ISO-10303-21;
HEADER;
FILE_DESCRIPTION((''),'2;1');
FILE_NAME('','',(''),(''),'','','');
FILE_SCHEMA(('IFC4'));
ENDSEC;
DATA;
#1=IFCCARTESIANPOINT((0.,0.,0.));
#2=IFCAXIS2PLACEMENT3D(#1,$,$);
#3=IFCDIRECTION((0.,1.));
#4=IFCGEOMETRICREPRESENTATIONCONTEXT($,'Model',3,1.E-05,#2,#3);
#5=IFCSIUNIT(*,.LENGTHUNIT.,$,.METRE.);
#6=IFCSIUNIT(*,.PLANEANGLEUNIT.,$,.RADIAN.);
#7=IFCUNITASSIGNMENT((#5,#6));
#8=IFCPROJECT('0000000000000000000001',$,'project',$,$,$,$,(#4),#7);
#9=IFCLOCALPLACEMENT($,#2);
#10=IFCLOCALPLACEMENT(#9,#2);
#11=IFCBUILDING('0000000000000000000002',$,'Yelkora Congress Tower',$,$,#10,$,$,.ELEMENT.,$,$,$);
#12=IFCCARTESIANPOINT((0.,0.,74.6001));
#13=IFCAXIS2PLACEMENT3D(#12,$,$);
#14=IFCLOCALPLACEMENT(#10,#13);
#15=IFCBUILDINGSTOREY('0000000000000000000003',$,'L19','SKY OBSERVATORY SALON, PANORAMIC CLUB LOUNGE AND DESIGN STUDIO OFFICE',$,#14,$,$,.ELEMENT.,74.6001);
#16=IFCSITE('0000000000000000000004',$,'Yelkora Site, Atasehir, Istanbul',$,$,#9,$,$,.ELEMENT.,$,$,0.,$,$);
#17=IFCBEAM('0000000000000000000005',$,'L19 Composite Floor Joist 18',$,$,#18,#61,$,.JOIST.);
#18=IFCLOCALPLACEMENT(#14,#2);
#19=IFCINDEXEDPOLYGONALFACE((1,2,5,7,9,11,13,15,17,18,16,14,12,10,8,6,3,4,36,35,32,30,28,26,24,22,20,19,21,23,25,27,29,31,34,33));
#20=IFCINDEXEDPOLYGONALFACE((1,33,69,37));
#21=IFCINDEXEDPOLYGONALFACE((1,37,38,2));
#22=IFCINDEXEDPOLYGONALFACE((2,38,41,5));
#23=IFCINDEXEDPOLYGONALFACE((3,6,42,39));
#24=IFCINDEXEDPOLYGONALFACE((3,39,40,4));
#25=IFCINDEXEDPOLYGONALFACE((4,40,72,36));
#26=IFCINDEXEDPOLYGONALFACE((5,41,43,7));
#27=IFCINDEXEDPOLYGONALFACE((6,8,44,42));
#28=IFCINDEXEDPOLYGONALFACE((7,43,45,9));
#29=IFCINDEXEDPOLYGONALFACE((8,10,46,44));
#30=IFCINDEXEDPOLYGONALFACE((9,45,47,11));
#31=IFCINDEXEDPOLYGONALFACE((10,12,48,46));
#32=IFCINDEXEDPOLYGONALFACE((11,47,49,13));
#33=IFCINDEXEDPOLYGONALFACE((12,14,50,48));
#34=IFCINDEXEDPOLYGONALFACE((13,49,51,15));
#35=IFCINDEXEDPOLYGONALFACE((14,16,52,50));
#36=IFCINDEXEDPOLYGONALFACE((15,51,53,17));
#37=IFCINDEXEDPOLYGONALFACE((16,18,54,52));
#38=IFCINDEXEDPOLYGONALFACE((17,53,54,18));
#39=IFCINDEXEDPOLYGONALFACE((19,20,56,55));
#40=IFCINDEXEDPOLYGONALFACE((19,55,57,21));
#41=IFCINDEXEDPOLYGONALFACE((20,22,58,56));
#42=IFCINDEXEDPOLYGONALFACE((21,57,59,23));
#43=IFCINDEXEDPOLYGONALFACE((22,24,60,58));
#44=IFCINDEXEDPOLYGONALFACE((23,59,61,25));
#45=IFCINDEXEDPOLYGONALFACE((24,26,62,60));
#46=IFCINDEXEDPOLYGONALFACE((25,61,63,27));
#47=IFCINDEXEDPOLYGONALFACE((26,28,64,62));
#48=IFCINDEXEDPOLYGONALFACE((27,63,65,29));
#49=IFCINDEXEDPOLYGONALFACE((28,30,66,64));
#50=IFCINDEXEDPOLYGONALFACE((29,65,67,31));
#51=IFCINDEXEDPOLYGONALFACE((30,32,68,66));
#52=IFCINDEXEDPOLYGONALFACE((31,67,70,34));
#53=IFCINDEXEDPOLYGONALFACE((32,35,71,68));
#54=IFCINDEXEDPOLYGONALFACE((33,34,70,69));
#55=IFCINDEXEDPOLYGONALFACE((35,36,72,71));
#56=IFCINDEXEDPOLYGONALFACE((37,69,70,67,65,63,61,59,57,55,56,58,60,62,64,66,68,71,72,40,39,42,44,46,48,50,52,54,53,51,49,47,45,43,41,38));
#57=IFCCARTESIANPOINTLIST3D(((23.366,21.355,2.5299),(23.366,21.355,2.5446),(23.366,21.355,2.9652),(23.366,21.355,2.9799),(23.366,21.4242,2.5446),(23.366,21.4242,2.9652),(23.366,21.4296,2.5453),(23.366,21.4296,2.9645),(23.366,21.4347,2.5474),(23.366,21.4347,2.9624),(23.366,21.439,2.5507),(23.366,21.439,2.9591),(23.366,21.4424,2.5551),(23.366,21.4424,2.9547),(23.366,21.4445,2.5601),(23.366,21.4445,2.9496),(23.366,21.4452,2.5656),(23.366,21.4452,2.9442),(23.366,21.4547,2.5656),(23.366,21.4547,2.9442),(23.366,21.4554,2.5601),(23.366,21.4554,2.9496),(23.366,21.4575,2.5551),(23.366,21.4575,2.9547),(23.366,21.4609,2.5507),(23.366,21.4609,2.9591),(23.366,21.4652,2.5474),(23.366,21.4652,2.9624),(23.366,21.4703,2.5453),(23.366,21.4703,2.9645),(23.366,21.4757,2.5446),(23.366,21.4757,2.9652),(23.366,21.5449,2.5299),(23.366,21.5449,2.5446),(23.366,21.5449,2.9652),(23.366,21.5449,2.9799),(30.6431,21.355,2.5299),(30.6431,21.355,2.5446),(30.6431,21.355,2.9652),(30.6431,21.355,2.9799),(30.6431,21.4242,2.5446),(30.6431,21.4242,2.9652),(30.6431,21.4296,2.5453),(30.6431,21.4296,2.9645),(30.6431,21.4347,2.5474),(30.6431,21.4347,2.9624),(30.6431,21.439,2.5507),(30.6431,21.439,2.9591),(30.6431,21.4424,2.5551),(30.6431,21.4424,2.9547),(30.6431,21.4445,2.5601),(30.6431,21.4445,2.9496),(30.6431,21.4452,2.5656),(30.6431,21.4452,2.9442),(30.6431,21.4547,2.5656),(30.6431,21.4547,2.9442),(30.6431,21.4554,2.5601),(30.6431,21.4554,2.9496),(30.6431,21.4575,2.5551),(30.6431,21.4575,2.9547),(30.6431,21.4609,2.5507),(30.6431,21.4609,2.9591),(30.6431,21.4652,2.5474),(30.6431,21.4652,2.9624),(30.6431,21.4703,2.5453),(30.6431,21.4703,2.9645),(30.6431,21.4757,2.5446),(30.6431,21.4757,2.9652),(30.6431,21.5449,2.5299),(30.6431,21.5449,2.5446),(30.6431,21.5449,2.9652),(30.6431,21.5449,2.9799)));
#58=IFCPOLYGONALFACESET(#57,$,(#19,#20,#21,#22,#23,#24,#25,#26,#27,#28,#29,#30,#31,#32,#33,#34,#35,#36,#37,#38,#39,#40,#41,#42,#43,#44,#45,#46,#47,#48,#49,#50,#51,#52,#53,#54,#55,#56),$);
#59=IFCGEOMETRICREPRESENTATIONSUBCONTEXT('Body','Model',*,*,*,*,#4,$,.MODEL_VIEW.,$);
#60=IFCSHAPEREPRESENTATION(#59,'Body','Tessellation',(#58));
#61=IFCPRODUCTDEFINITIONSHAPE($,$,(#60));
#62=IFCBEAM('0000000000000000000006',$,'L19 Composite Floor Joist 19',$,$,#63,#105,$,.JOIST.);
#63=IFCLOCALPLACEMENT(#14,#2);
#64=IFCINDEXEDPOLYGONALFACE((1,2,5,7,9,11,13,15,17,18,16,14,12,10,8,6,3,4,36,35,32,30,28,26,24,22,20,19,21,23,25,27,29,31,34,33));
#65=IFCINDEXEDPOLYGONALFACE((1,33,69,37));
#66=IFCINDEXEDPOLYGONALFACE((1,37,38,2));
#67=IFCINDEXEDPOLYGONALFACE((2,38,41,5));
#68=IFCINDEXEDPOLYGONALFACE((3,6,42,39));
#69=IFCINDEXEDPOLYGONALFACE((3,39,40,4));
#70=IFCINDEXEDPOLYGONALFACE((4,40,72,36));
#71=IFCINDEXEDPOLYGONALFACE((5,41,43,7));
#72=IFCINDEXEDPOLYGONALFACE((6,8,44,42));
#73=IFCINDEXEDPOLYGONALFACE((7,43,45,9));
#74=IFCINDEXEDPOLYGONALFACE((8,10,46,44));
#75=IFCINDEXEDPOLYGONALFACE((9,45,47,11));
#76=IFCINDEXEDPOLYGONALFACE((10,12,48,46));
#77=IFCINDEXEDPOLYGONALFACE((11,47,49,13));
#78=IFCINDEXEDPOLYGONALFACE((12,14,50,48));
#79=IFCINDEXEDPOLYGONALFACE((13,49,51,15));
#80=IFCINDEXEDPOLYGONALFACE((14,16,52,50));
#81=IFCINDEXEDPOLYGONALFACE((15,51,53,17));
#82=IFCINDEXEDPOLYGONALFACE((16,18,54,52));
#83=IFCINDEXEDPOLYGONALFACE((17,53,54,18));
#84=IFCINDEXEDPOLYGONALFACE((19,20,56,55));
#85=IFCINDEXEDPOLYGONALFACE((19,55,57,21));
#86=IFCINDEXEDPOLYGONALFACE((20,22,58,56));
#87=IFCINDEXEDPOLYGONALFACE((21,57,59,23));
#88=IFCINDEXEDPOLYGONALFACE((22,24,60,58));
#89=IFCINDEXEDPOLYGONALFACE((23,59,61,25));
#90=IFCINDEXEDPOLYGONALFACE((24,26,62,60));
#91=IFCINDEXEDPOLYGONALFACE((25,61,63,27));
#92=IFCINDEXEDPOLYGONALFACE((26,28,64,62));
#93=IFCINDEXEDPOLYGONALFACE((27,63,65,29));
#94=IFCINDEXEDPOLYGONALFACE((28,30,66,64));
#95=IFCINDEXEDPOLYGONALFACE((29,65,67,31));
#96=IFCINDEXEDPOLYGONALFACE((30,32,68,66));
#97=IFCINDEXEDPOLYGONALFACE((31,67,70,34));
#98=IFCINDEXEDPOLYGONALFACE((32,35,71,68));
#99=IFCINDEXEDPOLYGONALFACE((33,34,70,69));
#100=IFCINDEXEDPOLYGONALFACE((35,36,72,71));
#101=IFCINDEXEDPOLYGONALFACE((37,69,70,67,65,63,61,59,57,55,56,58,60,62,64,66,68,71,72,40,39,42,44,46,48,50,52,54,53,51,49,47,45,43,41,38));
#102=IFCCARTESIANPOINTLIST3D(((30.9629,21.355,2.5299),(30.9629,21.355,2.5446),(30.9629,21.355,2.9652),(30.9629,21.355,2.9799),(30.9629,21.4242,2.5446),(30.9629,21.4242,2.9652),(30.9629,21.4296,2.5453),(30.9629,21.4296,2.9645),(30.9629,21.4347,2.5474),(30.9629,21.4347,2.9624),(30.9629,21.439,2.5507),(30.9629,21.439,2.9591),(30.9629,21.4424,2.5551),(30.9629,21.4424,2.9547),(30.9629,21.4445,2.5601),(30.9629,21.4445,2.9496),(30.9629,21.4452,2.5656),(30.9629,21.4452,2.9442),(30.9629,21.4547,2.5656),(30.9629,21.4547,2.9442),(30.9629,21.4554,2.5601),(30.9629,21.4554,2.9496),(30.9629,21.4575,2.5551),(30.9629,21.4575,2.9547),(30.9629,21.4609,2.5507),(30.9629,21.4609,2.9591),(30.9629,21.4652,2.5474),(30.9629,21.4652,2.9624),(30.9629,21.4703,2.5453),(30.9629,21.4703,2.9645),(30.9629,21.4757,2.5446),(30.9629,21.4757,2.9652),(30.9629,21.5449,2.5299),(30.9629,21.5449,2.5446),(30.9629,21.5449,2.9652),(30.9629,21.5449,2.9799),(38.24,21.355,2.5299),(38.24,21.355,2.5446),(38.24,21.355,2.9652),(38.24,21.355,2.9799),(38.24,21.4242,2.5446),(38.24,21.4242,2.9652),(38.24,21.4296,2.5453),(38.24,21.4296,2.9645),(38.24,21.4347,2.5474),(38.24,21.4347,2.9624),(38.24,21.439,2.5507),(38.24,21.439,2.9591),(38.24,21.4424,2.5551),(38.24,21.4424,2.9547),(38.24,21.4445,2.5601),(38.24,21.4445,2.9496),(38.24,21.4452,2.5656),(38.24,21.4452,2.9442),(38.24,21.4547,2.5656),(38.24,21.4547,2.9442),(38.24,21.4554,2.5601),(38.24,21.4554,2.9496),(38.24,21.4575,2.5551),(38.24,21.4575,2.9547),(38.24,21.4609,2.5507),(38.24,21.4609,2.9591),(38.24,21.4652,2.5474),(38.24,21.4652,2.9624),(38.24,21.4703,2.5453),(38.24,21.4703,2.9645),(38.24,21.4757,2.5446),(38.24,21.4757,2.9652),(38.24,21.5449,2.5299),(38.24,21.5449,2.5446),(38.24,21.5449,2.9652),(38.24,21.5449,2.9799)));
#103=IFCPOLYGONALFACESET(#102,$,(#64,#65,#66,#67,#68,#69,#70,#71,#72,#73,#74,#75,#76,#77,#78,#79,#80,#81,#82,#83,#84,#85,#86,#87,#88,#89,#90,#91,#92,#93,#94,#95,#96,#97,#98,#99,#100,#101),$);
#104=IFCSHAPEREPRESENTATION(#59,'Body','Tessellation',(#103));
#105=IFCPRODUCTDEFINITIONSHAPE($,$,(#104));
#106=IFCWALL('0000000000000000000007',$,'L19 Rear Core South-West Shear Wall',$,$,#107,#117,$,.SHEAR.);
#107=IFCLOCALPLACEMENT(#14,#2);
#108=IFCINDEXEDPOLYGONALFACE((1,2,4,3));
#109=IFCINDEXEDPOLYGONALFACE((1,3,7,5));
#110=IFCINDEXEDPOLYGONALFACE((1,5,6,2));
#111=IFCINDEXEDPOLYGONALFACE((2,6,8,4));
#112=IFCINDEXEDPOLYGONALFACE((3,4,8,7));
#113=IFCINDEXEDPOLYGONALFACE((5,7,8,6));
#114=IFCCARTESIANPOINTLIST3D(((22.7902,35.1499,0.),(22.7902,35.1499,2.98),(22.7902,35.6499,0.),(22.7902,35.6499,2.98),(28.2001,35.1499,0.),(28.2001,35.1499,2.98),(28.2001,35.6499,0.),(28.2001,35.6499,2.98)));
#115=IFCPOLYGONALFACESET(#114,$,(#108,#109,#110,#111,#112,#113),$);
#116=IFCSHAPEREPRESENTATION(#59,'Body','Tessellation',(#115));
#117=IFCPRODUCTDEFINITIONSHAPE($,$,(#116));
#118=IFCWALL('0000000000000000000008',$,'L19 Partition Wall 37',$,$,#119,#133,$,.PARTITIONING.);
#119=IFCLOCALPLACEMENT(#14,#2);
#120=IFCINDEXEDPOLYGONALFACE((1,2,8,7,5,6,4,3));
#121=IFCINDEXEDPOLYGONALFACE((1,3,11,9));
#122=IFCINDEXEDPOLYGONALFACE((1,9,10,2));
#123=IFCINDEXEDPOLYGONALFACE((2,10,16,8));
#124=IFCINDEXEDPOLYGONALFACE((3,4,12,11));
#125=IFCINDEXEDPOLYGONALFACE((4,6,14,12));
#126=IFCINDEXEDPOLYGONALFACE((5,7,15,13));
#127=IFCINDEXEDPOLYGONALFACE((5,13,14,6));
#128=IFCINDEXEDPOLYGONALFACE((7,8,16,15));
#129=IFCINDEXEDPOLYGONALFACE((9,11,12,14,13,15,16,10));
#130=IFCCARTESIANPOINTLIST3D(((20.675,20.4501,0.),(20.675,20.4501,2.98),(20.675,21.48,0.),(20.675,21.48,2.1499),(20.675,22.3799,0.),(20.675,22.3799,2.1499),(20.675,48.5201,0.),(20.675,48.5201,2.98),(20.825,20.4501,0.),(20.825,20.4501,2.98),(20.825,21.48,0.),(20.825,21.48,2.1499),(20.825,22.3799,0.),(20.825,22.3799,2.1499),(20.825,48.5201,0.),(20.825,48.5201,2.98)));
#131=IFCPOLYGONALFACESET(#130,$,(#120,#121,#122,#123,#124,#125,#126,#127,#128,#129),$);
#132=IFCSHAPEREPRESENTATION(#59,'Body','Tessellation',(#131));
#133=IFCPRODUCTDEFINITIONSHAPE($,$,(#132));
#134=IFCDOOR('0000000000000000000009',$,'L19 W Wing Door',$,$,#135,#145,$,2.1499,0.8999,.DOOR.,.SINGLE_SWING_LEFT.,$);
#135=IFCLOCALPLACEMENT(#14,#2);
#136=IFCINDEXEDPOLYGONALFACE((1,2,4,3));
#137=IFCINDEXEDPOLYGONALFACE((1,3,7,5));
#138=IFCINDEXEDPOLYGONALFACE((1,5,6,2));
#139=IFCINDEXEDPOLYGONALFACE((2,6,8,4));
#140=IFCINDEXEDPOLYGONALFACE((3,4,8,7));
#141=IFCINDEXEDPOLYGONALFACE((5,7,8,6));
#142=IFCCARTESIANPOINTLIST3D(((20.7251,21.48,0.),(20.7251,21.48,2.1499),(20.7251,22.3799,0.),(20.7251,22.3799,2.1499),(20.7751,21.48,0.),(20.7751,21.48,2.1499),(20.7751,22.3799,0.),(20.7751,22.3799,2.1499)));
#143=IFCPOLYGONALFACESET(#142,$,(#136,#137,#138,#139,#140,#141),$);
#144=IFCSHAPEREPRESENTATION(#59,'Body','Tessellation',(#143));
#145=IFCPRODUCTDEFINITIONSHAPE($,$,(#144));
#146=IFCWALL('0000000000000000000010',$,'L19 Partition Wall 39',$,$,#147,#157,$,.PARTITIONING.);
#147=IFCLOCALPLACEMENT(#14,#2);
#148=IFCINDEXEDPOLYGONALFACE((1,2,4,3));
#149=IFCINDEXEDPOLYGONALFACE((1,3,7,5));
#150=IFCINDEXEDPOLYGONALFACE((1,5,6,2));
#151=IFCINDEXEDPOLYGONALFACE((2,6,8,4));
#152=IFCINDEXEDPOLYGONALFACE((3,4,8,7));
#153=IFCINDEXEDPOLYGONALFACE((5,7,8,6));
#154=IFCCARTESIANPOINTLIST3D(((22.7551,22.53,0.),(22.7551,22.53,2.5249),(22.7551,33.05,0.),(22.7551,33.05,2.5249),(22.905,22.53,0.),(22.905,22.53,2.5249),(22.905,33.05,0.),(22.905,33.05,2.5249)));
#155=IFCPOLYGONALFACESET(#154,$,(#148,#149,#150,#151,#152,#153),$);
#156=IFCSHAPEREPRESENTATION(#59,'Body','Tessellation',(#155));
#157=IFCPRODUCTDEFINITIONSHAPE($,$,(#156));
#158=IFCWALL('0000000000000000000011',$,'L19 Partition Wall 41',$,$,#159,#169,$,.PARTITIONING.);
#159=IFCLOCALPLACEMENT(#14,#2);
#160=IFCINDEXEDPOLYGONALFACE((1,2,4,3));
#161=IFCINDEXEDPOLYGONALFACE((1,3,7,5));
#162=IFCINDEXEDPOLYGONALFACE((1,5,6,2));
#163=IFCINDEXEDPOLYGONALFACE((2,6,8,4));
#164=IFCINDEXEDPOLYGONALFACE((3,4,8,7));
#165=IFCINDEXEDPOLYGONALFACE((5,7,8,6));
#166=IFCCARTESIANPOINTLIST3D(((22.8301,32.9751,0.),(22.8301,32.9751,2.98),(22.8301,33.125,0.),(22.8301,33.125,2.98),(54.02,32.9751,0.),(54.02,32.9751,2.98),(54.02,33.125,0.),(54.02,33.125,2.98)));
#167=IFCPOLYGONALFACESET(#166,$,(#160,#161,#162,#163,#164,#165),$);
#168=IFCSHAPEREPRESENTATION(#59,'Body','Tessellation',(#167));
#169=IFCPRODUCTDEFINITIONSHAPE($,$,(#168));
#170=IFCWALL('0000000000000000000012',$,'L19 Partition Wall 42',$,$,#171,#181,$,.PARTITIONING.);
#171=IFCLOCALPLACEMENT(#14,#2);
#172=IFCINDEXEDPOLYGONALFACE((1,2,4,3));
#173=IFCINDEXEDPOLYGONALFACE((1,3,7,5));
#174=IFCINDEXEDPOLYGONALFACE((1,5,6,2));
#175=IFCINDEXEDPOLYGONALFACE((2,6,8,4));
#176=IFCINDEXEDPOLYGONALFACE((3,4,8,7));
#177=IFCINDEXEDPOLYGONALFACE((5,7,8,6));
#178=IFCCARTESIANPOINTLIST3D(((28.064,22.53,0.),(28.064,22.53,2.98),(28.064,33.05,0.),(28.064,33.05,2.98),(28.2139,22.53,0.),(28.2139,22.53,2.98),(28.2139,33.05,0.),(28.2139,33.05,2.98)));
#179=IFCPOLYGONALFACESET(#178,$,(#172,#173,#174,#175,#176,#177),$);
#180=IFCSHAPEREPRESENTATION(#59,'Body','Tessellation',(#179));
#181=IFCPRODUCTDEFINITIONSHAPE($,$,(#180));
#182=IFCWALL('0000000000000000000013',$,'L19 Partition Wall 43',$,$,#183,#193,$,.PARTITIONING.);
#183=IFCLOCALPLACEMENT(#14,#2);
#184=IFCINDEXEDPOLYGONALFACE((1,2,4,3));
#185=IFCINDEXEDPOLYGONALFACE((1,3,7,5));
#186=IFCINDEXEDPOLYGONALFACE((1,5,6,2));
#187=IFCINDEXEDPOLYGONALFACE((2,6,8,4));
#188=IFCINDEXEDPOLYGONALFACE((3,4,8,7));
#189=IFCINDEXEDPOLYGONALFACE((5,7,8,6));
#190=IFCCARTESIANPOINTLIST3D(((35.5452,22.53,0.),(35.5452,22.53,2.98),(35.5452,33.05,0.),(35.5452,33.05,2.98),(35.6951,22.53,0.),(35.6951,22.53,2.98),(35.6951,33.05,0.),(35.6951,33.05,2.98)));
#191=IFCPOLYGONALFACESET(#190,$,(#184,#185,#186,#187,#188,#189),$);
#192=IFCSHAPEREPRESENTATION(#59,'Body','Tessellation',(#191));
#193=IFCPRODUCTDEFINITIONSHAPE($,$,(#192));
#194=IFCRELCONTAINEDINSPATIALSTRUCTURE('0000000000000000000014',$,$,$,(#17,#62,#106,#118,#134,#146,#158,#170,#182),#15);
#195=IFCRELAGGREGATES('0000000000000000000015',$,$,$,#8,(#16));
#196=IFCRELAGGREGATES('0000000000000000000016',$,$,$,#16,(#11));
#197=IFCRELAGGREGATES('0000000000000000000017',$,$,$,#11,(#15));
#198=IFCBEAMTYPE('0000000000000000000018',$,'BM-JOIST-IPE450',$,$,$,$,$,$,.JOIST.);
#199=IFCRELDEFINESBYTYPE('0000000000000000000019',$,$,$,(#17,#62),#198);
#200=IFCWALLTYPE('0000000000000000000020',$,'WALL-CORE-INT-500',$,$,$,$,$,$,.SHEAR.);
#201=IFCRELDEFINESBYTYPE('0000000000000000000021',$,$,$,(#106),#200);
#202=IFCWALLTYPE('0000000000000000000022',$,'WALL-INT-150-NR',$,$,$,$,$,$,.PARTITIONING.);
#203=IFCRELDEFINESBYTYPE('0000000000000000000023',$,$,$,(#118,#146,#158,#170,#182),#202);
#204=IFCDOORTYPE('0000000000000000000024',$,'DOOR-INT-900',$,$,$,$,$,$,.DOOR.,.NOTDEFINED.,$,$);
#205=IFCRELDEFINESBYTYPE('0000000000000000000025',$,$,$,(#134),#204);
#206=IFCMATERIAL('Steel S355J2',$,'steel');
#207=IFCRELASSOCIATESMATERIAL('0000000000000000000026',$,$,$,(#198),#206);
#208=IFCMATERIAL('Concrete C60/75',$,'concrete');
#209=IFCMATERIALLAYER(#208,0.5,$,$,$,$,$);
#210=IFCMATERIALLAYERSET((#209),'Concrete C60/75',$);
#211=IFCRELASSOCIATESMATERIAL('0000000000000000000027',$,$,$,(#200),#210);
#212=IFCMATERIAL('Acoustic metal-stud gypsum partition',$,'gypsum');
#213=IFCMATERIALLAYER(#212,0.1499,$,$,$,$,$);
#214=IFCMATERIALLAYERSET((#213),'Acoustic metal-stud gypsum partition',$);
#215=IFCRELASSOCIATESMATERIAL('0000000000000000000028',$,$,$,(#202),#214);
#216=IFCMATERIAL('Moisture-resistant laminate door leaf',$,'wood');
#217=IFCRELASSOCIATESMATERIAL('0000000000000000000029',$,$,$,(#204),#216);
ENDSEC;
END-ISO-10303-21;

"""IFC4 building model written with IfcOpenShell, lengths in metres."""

from ifc_helpers import new_model, si_unit, direction, frame, frame_2d, origin, origin_2d, place, context, subcontext, project, spatial, rectangle, i_section, extrude, material, layer, layer_set, material_profile, profile_set, type_object, element, fill, save


model = new_model("IFC4")

# Units and contexts
model_context = context("Model", 3, precision=1e-05, world=origin(), true_north=direction((0.0, 1.0)))
body_context = subcontext(model_context, "Body", "Model", "MODEL_VIEW")
ifc_project = project(units=[si_unit("LENGTHUNIT", "METRE"), si_unit("PLANEANGLEUNIT", "RADIAN")], contexts=[model_context])

# Site, building, storey
site_placement = place(None, origin())
site = spatial("IfcSite", under=ifc_project, at=site_placement, Name="Yelkora Site, Atasehir, Istanbul", CompositionType="ELEMENT", RefElevation=0.0)
building_placement = place(site_placement, origin())
building = spatial("IfcBuilding", under=site, at=building_placement, Name="Yelkora Congress Tower", CompositionType="ELEMENT")
storey_placement = place(building_placement, frame((0.0, 0.0, 74.6001)))
storey = spatial("IfcBuildingStorey", under=building, at=storey_placement, Name="L19", Description="SKY OBSERVATORY SALON, PANORAMIC CLUB LOUNGE AND DESIGN STUDIO OFFICE", CompositionType="ELEMENT", Elevation=74.6001)

# Shared definitions
ifc_material_1 = material(Name="Concrete C60/75", Category="concrete")

# Beams
ifc_material_2 = material(Name="Steel S355J2", Category="steel")
ifc_material_profile_1 = material_profile(ifc_material_2, i_section(OverallWidth=0.1899, OverallDepth=0.45, WebThickness=0.0095, FlangeThickness=0.0146, FilletRadius=0.021, at=origin_2d()), Name="IPE 450")
ifc_profile_set_1 = profile_set([ifc_material_profile_1], Name="Steel S355J2")
beam_type_1 = type_object("IfcBeamType", Name="BM-JOIST-IPE450", PredefinedType="JOIST", material=ifc_profile_set_1)
for number, where, z_axis, x_axis, name in (
    (1, (23.366, 21.45, 2.7549), (1.0, 0.0, 0.0), (0.0, 1.0, 0.0), "L19 Composite Floor Joist 18"),
    (2, (30.9629, 21.45, 2.7549), (1.0, 0.0, 0.0), (0.0, 1.0, 0.0), "L19 Composite Floor Joist 19"),
):
    element("IfcBeam", number, at=place(storey_placement, frame(where, z_axis=z_axis, x_axis=x_axis)), inside=storey, type_object=beam_type_1, Name=name, PredefinedType="JOIST", context=body_context, shape_type="SweptSolid", body=[
        extrude(i_section(OverallWidth=0.1899, OverallDepth=0.45, WebThickness=0.0095, FlangeThickness=0.0146, FilletRadius=0.021, at=origin_2d()), origin(), (0.0, 0.0, 1.0), 7.2771),
    ])

# Wall
ifc_layer_1 = layer(ifc_material_1, 0.5)
ifc_layer_set_1 = layer_set([ifc_layer_1], Name="Concrete C60/75")
wall_type_1 = type_object("IfcWallType", Name="WALL-CORE-INT-500", PredefinedType="SHEAR", material=ifc_layer_set_1)
wall_1_placement = place(storey_placement, frame((22.79, 35.3999, 0.0), z_axis=(0.0, 0.0, 1.0), x_axis=(1.0, 0.0, 0.0)))
element("IfcWall", 3, at=wall_1_placement, inside=storey, type_object=wall_type_1, Name="L19 Rear Core South-West Shear Wall", PredefinedType="SHEAR", context=body_context, shape_type="SweptSolid", body=[
    extrude(rectangle(XDim=5.4099, YDim=0.5, at=frame_2d((2.7051, 0.0))), origin(), (0.0, 0.0, 1.0), 2.98),
])

# Wall, opening, door
ifc_material_3 = material(Name="Acoustic metal-stud gypsum partition", Category="gypsum")
ifc_layer_2 = layer(ifc_material_3, 0.1499)
ifc_layer_set_2 = layer_set([ifc_layer_2], Name="Acoustic metal-stud gypsum partition")
wall_type_2 = type_object("IfcWallType", Name="WALL-INT-150-NR", PredefinedType="PARTITIONING", material=ifc_layer_set_2)
wall_2_placement = place(storey_placement, frame((20.75, 20.45, 0.0), z_axis=(0.0, 0.0, 1.0), x_axis=(0.0, 1.0, 0.0)))
wall_2 = element("IfcWall", 4, at=wall_2_placement, inside=storey, type_object=wall_type_2, Name="L19 Partition Wall 37", PredefinedType="PARTITIONING", context=body_context, shape_type="SweptSolid", body=[
    extrude(rectangle(XDim=28.0701, YDim=0.1499, at=frame_2d((14.0352, 0.0))), origin(), (0.0, 0.0, 1.0), 2.98),
])
opening_1_placement = place(wall_2_placement, frame((1.03, 0.0, 0.0)))
opening_1 = element("IfcOpeningElement", 5, at=opening_1_placement, cuts=wall_2, PredefinedType="OPENING", context=body_context, shape_type="SweptSolid", body=[
    extrude(rectangle(XDim=0.8999, YDim=2.1499, at=frame_2d((0.45, 1.075))), frame((0.0, 0.085, 0.0), z_axis=(0.0, -1.0, 0.0), x_axis=(1.0, 0.0, 0.0)), (0.0, 0.0, 1.0), 0.1699),
])
ifc_material_4 = material(Name="Moisture-resistant laminate door leaf", Category="wood")
door_type = type_object("IfcDoorType", Name="DOOR-INT-900", OperationType="NOTDEFINED", PredefinedType="DOOR", material=ifc_material_4)
door_1_placement = place(opening_1_placement, origin())
door_1 = element("IfcDoor", 6, at=door_1_placement, inside=storey, type_object=door_type, Name="L19 W Wing Door", OperationType="SINGLE_SWING_LEFT", OverallHeight=2.1499, OverallWidth=0.8999, PredefinedType="DOOR", context=body_context, shape_type="SweptSolid", body=[
    extrude(rectangle(XDim=0.8999, YDim=2.1499, at=frame_2d((0.45, 1.075))), frame((0.0, 0.0249, 0.0), z_axis=(0.0, -1.0, 0.0), x_axis=(1.0, 0.0, 0.0)), (0.0, 0.0, 1.0), 0.05),
])
fill(opening_1, door_1)

# Walls
wall_3_placement = place(storey_placement, frame((22.8301, 22.53, 0.0), z_axis=(0.0, 0.0, 1.0), x_axis=(0.0, 1.0, 0.0)))
element("IfcWall", 7, at=wall_3_placement, inside=storey, type_object=wall_type_2, Name="L19 Partition Wall 39", PredefinedType="PARTITIONING", context=body_context, shape_type="SweptSolid", body=[
    extrude(rectangle(XDim=10.52, YDim=0.1499, at=frame_2d((5.26, 0.0))), origin(), (0.0, 0.0, 1.0), 2.5249),
])
wall_4_placement = place(storey_placement, frame((22.8301, 33.05, 0.0), z_axis=(0.0, 0.0, 1.0), x_axis=(1.0, 0.0, 0.0)))
element("IfcWall", 8, at=wall_4_placement, inside=storey, type_object=wall_type_2, Name="L19 Partition Wall 41", PredefinedType="PARTITIONING", context=body_context, shape_type="SweptSolid", body=[
    extrude(rectangle(XDim=31.1899, YDim=0.1499, at=frame_2d((15.595, 0.0))), origin(), (0.0, 0.0, 1.0), 2.98),
])
for number, where, z_axis, x_axis, name in (
    (9, (28.1389, 22.53, 0.0), (0.0, 0.0, 1.0), (0.0, 1.0, 0.0), "L19 Partition Wall 42"),
    (10, (35.6201, 22.53, 0.0), (0.0, 0.0, 1.0), (0.0, 1.0, 0.0), "L19 Partition Wall 43"),
):
    element("IfcWall", number, at=place(storey_placement, frame(where, z_axis=z_axis, x_axis=x_axis)), inside=storey, type_object=wall_type_2, Name=name, PredefinedType="PARTITIONING", context=body_context, shape_type="SweptSolid", body=[
        extrude(rectangle(XDim=10.52, YDim=0.1499, at=frame_2d((5.26, 0.0))), origin(), (0.0, 0.0, 1.0), 2.98),
    ])

save(model, "model.ifc")
